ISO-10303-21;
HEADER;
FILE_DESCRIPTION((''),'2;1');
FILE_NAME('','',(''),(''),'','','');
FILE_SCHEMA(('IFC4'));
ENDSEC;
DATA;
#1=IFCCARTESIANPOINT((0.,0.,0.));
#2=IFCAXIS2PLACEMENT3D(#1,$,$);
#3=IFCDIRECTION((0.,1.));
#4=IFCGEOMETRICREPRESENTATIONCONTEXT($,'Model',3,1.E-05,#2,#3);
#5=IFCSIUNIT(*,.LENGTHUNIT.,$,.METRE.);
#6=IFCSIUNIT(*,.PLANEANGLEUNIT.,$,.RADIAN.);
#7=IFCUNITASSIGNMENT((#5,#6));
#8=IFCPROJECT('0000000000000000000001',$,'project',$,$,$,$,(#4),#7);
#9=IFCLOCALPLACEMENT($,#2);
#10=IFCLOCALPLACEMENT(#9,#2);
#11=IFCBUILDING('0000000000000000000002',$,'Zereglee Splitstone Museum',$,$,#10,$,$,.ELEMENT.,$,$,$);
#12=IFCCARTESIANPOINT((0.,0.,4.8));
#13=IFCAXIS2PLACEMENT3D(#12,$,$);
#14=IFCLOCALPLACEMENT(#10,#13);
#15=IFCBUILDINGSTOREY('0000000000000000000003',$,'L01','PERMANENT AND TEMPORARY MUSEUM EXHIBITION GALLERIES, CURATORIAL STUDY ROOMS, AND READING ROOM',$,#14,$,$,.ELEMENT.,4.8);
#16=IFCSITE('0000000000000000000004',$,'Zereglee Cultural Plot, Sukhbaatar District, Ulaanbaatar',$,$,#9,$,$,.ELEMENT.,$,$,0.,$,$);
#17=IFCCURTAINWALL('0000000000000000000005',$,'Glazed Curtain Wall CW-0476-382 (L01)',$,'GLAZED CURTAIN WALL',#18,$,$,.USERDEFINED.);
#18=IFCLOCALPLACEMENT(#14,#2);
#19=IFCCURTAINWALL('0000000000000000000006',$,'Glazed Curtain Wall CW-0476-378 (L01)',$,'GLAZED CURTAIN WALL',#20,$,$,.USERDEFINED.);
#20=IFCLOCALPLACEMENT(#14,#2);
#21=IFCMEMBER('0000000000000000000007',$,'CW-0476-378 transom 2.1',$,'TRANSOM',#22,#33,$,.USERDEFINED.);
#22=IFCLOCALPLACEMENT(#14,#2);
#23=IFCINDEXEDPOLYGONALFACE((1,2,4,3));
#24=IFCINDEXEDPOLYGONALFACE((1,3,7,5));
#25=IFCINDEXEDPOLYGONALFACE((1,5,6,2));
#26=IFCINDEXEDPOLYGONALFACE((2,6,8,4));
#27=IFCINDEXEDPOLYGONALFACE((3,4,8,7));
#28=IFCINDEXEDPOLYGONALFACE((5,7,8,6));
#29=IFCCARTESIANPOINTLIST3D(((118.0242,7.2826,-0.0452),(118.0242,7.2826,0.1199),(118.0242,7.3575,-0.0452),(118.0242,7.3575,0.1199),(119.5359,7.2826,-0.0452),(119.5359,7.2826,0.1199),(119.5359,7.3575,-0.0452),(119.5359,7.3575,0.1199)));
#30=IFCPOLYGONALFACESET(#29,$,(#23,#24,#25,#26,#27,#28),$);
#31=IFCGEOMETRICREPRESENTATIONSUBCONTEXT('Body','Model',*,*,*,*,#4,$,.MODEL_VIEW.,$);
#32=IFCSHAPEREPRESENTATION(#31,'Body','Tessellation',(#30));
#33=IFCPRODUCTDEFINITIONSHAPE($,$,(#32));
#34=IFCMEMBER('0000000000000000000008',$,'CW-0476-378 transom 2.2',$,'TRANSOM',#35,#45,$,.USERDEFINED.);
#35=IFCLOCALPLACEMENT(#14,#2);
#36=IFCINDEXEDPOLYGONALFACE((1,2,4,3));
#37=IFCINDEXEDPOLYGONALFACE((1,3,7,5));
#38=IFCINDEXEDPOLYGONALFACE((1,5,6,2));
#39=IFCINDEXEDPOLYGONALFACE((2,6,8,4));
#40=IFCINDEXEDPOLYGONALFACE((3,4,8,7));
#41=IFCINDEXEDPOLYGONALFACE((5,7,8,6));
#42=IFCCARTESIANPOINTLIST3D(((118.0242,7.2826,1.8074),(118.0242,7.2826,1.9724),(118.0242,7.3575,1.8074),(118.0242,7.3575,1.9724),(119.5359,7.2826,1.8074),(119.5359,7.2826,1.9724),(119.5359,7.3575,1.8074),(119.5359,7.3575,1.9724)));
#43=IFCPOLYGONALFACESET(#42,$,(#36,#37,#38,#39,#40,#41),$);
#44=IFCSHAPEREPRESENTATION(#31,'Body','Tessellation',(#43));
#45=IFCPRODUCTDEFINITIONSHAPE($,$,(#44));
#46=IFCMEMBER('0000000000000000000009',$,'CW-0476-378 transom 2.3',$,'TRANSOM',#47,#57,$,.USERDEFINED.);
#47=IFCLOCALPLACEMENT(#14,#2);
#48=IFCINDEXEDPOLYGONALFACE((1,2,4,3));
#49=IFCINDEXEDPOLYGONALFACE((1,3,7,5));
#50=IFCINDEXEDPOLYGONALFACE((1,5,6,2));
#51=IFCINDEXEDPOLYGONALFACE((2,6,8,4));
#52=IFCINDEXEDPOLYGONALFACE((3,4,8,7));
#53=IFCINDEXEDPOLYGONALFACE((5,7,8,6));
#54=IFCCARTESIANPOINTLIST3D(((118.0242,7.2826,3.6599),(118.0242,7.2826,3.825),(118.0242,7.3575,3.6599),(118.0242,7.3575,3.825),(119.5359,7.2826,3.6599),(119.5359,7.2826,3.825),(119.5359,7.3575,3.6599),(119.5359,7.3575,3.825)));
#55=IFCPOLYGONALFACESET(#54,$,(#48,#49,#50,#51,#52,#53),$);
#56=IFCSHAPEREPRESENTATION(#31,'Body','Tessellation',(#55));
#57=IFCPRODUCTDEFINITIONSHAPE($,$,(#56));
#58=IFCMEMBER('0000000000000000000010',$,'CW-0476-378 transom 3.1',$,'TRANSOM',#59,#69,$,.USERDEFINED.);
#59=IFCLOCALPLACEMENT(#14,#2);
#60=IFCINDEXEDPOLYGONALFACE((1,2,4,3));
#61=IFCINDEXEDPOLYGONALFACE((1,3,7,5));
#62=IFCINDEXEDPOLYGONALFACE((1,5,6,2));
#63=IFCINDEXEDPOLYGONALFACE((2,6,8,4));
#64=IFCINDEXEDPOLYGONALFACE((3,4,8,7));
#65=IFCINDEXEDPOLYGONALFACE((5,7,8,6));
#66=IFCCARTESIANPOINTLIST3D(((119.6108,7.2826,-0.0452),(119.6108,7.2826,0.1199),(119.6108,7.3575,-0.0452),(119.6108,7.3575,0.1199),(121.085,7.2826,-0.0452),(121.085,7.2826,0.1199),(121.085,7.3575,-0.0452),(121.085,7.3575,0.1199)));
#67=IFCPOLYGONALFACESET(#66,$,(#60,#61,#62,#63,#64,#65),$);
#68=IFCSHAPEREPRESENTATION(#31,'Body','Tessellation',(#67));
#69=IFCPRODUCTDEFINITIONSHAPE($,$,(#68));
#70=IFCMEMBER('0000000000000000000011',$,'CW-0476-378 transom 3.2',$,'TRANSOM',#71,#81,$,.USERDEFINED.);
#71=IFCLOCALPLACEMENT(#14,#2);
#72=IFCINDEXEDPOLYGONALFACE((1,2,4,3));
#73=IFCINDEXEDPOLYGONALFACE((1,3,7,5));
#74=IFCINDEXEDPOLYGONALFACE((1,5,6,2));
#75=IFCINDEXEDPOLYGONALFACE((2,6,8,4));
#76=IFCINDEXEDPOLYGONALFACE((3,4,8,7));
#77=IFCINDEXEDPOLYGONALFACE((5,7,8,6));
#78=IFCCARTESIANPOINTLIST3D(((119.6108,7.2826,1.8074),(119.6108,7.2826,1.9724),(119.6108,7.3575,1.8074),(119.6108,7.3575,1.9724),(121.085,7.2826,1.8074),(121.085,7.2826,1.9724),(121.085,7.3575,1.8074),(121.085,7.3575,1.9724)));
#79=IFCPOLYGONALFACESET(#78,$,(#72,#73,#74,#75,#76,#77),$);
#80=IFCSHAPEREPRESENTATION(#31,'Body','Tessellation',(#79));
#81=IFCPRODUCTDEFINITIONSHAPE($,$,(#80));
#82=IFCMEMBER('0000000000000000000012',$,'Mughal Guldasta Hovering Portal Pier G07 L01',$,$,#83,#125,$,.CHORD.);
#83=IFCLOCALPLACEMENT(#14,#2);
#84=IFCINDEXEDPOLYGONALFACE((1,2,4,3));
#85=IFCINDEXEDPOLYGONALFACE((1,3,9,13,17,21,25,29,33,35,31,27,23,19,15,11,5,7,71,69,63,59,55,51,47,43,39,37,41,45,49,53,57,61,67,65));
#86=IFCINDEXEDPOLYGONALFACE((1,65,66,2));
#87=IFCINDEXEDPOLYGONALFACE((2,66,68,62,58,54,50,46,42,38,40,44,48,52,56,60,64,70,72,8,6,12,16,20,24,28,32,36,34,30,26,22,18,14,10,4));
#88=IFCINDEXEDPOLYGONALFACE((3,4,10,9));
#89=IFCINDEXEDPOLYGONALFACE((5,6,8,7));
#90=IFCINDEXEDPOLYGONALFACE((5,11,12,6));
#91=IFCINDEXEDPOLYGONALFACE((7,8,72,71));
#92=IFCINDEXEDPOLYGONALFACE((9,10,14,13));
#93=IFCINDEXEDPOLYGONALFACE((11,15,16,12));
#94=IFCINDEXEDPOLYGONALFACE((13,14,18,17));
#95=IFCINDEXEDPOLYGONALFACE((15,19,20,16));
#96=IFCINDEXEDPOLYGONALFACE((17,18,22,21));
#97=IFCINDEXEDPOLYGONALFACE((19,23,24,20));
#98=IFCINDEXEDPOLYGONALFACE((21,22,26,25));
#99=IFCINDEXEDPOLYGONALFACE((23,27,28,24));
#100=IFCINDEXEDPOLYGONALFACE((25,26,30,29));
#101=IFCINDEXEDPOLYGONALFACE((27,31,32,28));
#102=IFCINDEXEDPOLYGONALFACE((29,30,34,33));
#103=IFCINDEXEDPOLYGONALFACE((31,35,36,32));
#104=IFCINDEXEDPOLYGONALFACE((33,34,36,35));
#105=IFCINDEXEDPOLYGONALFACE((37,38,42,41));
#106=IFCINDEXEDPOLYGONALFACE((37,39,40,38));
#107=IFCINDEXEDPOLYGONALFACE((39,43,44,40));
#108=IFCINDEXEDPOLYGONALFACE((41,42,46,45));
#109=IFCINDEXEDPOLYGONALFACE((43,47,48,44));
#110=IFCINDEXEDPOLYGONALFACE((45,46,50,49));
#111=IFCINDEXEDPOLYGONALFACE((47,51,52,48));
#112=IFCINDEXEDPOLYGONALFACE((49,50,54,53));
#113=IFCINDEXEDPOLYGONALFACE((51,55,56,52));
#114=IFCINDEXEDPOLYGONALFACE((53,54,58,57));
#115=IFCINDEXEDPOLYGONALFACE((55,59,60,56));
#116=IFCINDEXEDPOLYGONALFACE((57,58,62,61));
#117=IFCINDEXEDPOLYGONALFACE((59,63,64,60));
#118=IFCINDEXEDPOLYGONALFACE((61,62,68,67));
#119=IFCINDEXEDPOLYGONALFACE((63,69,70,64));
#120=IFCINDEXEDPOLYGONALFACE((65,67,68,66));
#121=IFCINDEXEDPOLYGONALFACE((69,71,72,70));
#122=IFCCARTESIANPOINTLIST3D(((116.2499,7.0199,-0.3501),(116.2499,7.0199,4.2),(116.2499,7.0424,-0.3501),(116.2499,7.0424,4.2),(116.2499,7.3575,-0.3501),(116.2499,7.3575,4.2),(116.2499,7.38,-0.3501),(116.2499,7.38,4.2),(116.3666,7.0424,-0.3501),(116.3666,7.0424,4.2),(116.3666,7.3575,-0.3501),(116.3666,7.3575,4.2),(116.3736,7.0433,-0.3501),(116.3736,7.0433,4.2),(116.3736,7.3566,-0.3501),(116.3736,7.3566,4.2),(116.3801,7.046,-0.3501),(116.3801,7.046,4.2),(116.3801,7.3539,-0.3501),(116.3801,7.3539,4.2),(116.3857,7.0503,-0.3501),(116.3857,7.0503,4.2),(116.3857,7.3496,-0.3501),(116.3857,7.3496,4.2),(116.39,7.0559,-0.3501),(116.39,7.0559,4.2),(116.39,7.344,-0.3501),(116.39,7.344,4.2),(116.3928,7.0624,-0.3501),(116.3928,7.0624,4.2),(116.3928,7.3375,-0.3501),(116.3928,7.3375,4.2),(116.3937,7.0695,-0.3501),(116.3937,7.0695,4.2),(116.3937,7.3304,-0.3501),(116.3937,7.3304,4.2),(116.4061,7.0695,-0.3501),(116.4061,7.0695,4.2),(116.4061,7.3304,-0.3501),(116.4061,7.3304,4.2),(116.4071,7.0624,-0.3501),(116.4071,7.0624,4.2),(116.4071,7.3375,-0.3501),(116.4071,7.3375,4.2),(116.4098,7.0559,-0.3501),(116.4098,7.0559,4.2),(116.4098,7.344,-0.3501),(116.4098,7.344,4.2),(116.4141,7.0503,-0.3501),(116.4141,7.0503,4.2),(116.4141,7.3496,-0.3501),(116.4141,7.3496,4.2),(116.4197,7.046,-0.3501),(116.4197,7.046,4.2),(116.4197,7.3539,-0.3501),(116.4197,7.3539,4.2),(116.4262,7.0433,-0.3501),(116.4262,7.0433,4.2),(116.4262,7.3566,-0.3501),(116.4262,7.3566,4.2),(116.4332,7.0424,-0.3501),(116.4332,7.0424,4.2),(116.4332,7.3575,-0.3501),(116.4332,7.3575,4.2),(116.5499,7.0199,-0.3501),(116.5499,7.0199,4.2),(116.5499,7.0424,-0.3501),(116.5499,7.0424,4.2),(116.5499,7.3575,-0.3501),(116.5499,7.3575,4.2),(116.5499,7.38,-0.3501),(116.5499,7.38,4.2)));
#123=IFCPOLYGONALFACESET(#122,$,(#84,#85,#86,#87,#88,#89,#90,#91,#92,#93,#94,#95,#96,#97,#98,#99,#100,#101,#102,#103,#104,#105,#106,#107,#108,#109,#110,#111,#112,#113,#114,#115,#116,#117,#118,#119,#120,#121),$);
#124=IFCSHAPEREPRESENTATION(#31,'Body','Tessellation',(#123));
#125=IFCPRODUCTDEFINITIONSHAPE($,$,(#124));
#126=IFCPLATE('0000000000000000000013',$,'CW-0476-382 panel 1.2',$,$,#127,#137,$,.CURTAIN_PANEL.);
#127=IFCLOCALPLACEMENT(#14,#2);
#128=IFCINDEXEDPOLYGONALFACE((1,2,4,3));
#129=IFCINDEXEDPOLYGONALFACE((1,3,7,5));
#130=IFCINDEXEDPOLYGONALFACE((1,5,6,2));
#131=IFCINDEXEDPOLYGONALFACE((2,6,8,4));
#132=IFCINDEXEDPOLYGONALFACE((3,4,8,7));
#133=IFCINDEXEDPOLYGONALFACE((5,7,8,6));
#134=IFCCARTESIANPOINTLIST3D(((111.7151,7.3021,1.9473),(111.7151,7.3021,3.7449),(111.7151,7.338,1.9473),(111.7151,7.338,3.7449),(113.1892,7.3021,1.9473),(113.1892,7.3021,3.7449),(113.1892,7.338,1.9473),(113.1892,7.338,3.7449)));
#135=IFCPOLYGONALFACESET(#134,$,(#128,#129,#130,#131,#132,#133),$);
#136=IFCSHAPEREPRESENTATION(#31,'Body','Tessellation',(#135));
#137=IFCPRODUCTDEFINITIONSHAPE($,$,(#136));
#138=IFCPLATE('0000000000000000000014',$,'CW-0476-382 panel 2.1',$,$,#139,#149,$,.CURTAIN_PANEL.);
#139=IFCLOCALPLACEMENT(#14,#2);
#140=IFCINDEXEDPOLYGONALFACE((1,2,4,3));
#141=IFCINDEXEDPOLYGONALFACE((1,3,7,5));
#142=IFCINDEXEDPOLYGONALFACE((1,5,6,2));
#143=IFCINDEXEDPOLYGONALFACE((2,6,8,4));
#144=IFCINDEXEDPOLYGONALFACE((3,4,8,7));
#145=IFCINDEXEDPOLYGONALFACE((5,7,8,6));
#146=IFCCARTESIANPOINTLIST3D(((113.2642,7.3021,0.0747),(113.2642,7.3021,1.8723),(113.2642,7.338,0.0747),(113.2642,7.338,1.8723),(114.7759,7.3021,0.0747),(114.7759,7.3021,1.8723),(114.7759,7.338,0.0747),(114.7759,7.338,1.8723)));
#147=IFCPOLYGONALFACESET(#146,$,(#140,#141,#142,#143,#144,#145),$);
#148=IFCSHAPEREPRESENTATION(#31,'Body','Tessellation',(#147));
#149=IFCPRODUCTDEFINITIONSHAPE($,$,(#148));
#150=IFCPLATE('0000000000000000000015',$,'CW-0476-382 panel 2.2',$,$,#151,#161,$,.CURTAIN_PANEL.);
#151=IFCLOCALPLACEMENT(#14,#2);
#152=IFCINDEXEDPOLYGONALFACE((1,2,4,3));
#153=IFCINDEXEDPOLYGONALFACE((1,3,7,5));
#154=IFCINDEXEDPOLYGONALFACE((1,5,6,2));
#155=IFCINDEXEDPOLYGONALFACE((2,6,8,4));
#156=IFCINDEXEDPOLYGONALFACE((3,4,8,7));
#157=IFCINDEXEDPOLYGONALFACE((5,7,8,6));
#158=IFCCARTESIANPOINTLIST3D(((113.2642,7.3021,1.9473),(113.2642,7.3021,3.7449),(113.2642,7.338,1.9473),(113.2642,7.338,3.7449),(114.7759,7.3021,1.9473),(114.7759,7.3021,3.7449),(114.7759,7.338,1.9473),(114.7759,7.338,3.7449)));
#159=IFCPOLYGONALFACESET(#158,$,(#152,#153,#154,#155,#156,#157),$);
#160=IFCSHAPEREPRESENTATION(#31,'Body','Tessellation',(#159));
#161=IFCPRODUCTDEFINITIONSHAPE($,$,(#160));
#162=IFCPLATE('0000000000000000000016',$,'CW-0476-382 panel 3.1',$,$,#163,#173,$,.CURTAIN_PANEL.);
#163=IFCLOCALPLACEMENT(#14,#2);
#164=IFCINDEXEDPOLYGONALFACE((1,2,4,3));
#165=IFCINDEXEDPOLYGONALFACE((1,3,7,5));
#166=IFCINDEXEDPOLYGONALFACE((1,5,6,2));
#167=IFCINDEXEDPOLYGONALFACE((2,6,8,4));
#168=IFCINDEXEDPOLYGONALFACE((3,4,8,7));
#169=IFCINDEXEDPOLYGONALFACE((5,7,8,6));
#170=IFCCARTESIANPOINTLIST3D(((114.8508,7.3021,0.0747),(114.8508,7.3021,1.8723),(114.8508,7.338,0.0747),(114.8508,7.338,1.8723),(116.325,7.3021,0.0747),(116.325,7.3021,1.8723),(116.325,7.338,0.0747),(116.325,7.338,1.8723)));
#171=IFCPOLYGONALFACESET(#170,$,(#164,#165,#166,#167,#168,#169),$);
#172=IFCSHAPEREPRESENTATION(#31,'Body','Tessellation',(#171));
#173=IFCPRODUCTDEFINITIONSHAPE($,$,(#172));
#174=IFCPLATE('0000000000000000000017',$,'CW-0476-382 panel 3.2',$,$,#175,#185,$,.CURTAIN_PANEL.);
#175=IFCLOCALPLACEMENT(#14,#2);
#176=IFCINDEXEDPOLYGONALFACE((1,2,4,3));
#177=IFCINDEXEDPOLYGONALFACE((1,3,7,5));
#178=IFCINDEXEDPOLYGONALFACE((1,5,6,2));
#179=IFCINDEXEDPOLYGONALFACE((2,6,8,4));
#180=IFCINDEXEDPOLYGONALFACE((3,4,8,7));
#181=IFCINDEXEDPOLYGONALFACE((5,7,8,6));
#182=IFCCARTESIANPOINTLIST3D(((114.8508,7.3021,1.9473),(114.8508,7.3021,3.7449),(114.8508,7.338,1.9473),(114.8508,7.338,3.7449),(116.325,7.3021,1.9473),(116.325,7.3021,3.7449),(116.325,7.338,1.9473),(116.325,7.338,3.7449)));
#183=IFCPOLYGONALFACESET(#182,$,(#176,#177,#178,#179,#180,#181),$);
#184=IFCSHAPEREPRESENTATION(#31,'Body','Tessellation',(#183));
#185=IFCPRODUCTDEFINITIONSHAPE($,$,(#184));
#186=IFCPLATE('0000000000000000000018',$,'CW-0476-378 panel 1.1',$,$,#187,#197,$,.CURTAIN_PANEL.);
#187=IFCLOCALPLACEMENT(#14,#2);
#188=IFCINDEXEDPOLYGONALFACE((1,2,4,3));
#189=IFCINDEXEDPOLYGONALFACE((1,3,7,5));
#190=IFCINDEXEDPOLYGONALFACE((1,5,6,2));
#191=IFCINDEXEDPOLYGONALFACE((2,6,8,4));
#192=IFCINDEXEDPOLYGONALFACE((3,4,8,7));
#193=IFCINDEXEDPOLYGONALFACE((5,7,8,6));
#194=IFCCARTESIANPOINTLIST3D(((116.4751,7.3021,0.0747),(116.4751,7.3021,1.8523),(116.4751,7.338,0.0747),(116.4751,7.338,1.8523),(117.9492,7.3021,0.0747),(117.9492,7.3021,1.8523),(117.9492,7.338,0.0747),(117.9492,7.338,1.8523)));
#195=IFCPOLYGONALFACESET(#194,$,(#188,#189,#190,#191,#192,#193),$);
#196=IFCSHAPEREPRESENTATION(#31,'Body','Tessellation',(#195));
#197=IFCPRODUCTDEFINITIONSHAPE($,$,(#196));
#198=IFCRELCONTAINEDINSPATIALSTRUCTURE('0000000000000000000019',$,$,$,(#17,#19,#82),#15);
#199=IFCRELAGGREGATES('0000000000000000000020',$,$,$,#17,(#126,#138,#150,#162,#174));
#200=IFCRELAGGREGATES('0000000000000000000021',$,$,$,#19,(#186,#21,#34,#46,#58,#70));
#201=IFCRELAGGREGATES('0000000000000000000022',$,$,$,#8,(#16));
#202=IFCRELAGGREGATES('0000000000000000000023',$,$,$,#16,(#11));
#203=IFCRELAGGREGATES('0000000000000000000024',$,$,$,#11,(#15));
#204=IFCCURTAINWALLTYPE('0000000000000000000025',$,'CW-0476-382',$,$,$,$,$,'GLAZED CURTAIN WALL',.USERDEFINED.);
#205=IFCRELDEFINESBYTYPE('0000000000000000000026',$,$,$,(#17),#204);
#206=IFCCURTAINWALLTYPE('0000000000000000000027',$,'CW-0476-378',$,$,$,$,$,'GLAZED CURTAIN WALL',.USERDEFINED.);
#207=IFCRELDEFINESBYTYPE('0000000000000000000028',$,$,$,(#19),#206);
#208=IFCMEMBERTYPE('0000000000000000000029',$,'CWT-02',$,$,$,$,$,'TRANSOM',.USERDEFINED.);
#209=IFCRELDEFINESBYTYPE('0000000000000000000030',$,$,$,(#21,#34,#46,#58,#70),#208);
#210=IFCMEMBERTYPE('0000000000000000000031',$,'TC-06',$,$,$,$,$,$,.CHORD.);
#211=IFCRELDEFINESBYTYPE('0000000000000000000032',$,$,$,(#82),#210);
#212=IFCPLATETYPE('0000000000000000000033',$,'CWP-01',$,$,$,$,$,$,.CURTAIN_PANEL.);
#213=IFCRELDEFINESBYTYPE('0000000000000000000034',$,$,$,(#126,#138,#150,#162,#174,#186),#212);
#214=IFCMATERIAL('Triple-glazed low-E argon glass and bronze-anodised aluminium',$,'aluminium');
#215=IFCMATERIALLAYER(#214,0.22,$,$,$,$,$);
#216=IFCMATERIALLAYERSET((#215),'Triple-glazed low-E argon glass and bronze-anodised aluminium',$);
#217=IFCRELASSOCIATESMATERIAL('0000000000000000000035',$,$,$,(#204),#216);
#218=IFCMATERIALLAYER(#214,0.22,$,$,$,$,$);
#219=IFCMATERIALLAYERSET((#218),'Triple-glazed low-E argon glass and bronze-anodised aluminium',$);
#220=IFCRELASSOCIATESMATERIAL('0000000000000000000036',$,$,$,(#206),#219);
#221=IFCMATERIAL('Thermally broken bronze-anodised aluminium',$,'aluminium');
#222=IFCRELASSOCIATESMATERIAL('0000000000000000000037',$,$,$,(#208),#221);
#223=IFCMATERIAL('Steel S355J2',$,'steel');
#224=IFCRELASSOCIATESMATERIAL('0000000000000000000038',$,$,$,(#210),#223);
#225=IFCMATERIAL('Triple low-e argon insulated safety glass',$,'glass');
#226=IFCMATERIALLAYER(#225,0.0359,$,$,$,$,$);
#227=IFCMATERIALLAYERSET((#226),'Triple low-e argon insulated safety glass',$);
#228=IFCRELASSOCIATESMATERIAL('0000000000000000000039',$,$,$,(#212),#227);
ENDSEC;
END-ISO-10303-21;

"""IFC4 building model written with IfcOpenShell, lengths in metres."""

from ifc_helpers import new_model, si_unit, direction, frame, origin, origin_2d, place, context, subcontext, project, spatial, rectangle, i_section, extrude, material, layer, layer_set, material_profile, profile_set, type_object, element, aggregate, save


model = new_model("IFC4")

# Units and contexts
model_context = context("Model", 3, precision=1e-05, world=origin(), true_north=direction((0.0, 1.0)))
body_context = subcontext(model_context, "Body", "Model", "MODEL_VIEW")
ifc_project = project(units=[si_unit("LENGTHUNIT", "METRE"), si_unit("PLANEANGLEUNIT", "RADIAN")], contexts=[model_context])

# Site, building, storey
site_placement = place(None, origin())
site = spatial("IfcSite", under=ifc_project, at=site_placement, Name="Zereglee Cultural Plot, Sukhbaatar District, Ulaanbaatar", CompositionType="ELEMENT", RefElevation=0.0)
building_placement = place(site_placement, origin())
building = spatial("IfcBuilding", under=site, at=building_placement, Name="Zereglee Splitstone Museum", CompositionType="ELEMENT")
storey_placement = place(building_placement, frame((0.0, 0.0, 4.8)))
storey = spatial("IfcBuildingStorey", under=building, at=storey_placement, Name="L01", Description="PERMANENT AND TEMPORARY MUSEUM EXHIBITION GALLERIES, CURATORIAL STUDY ROOMS, AND READING ROOM", CompositionType="ELEMENT", Elevation=4.8)

# Curtain walls
ifc_material_1 = material(Name="Triple-glazed low-E argon glass and bronze-anodised aluminium", Category="aluminium")
ifc_layer_1 = layer(ifc_material_1, 0.22)
ifc_layer_set_1 = layer_set([ifc_layer_1], Name="Triple-glazed low-E argon glass and bronze-anodised aluminium")
curtain_wall_type_1 = type_object("IfcCurtainWallType", Name="CW-0476-382", ElementType="GLAZED CURTAIN WALL", PredefinedType="USERDEFINED", material=ifc_layer_set_1)
curtain_wall_1_placement = place(storey_placement, origin())
curtain_wall_1 = element("IfcCurtainWall", 1, at=curtain_wall_1_placement, inside=storey, type_object=curtain_wall_type_1, Name="Glazed Curtain Wall CW-0476-382 (L01)", ObjectType="GLAZED CURTAIN WALL", PredefinedType="USERDEFINED")
ifc_material_2 = material(Name="Thermally broken bronze-anodised aluminium", Category="aluminium")
ifc_layer_2 = layer(ifc_material_1, 0.22)
ifc_layer_set_2 = layer_set([ifc_layer_2], Name="Triple-glazed low-E argon glass and bronze-anodised aluminium")
curtain_wall_type_2 = type_object("IfcCurtainWallType", Name="CW-0476-378", ElementType="GLAZED CURTAIN WALL", PredefinedType="USERDEFINED", material=ifc_layer_set_2)
curtain_wall_2_placement = place(storey_placement, origin())
curtain_wall_2 = element("IfcCurtainWall", 2, at=curtain_wall_2_placement, inside=storey, type_object=curtain_wall_type_2, Name="Glazed Curtain Wall CW-0476-378 (L01)", ObjectType="GLAZED CURTAIN WALL", PredefinedType="USERDEFINED")

# Members
ifc_material_profile_1 = material_profile(ifc_material_2, rectangle(XDim=0.075, YDim=0.165, at=origin_2d()), Name="CW TRAN 75x165")
ifc_profile_set_1 = profile_set([ifc_material_profile_1], Name="Thermally broken bronze-anodised aluminium")
member_type_1 = type_object("IfcMemberType", Name="CWT-02", ElementType="TRANSOM", PredefinedType="USERDEFINED", material=ifc_profile_set_1)
member_1_placement = place(storey_placement, frame((118.0242, 7.3201, 0.0374), z_axis=(1.0, 0.0, 0.0), x_axis=(0.0, 1.0, 0.0)))
member_1 = element("IfcMember", 3, at=member_1_placement, type_object=member_type_1, Name="CW-0476-378 transom 2.1", ObjectType="TRANSOM", PredefinedType="USERDEFINED", context=body_context, shape_type="SweptSolid", body=[
    extrude(rectangle(XDim=0.075, YDim=0.165, at=origin_2d()), origin(), (0.0, 0.0, 1.0), 1.5117),
])
member_2_placement = place(storey_placement, frame((118.0242, 7.3201, 1.8899), z_axis=(1.0, 0.0, 0.0), x_axis=(0.0, 1.0, 0.0)))
member_2 = element("IfcMember", 4, at=member_2_placement, type_object=member_type_1, Name="CW-0476-378 transom 2.2", ObjectType="TRANSOM", PredefinedType="USERDEFINED", context=body_context, shape_type="SweptSolid", body=[
    extrude(rectangle(XDim=0.075, YDim=0.165, at=origin_2d()), origin(), (0.0, 0.0, 1.0), 1.5117),
])
member_3_placement = place(storey_placement, frame((118.0242, 7.3201, 3.7424), z_axis=(1.0, 0.0, 0.0), x_axis=(0.0, 1.0, 0.0)))
member_3 = element("IfcMember", 5, at=member_3_placement, type_object=member_type_1, Name="CW-0476-378 transom 2.3", ObjectType="TRANSOM", PredefinedType="USERDEFINED", context=body_context, shape_type="SweptSolid", body=[
    extrude(rectangle(XDim=0.075, YDim=0.165, at=origin_2d()), origin(), (0.0, 0.0, 1.0), 1.5117),
])
member_4_placement = place(storey_placement, frame((119.6108, 7.3201, 0.0374), z_axis=(1.0, 0.0, 0.0), x_axis=(0.0, 1.0, 0.0)))
member_4 = element("IfcMember", 6, at=member_4_placement, type_object=member_type_1, Name="CW-0476-378 transom 3.1", ObjectType="TRANSOM", PredefinedType="USERDEFINED", context=body_context, shape_type="SweptSolid", body=[
    extrude(rectangle(XDim=0.075, YDim=0.165, at=origin_2d()), origin(), (0.0, 0.0, 1.0), 1.4741),
])
member_5_placement = place(storey_placement, frame((119.6108, 7.3201, 1.8899), z_axis=(1.0, 0.0, 0.0), x_axis=(0.0, 1.0, 0.0)))
member_5 = element("IfcMember", 7, at=member_5_placement, type_object=member_type_1, Name="CW-0476-378 transom 3.2", ObjectType="TRANSOM", PredefinedType="USERDEFINED", context=body_context, shape_type="SweptSolid", body=[
    extrude(rectangle(XDim=0.075, YDim=0.165, at=origin_2d()), origin(), (0.0, 0.0, 1.0), 1.4741),
])
ifc_material_3 = material(Name="Steel S355J2", Category="steel")
ifc_material_profile_2 = material_profile(ifc_material_3, i_section(OverallWidth=0.3, OverallDepth=0.3601, WebThickness=0.0125, FlangeThickness=0.0225, FilletRadius=0.0271, at=origin_2d()), Name="HE 360 B")
ifc_profile_set_2 = profile_set([ifc_material_profile_2], Name="Steel S355J2")
member_type_2 = type_object("IfcMemberType", Name="TC-06", PredefinedType="CHORD", material=ifc_profile_set_2)
member_6_placement = place(storey_placement, frame((116.3999, 7.2, -0.3501), z_axis=(0.0, 0.0, 1.0), x_axis=(1.0, 0.0, 0.0)))
element("IfcMember", 8, at=member_6_placement, inside=storey, type_object=member_type_2, Name="Mughal Guldasta Hovering Portal Pier G07 L01", PredefinedType="CHORD", context=body_context, shape_type="SweptSolid", body=[
    extrude(i_section(OverallWidth=0.3, OverallDepth=0.3601, WebThickness=0.0125, FlangeThickness=0.0225, FilletRadius=0.0271, at=origin_2d()), origin(), (0.0, 0.0, 1.0), 4.55),
])

# Plates
ifc_material_4 = material(Name="Triple low-e argon insulated safety glass", Category="glass")
ifc_layer_3 = layer(ifc_material_4, 0.0359)
ifc_layer_set_3 = layer_set([ifc_layer_3], Name="Triple low-e argon insulated safety glass")
plate_type = type_object("IfcPlateType", Name="CWP-01", PredefinedType="CURTAIN_PANEL", material=ifc_layer_set_3)
plate_1_placement = place(storey_placement, frame((112.4521, 7.3201, 1.9473), z_axis=(0.0, 0.0, 1.0), x_axis=(1.0, 0.0, 0.0)))
plate_1 = element("IfcPlate", 9, at=plate_1_placement, type_object=plate_type, Name="CW-0476-382 panel 1.2", PredefinedType="CURTAIN_PANEL", context=body_context, shape_type="SweptSolid", body=[
    extrude(rectangle(XDim=1.4741, YDim=0.0359, at=origin_2d()), origin(), (0.0, 0.0, 1.0), 1.7976),
])
plate_2_placement = place(storey_placement, frame((114.02, 7.3201, 0.0747), z_axis=(0.0, 0.0, 1.0), x_axis=(1.0, 0.0, 0.0)))
plate_2 = element("IfcPlate", 10, at=plate_2_placement, type_object=plate_type, Name="CW-0476-382 panel 2.1", PredefinedType="CURTAIN_PANEL", context=body_context, shape_type="SweptSolid", body=[
    extrude(rectangle(XDim=1.5117, YDim=0.0359, at=origin_2d()), origin(), (0.0, 0.0, 1.0), 1.7976),
])
plate_3_placement = place(storey_placement, frame((114.02, 7.3201, 1.9473), z_axis=(0.0, 0.0, 1.0), x_axis=(1.0, 0.0, 0.0)))
plate_3 = element("IfcPlate", 11, at=plate_3_placement, type_object=plate_type, Name="CW-0476-382 panel 2.2", PredefinedType="CURTAIN_PANEL", context=body_context, shape_type="SweptSolid", body=[
    extrude(rectangle(XDim=1.5117, YDim=0.0359, at=origin_2d()), origin(), (0.0, 0.0, 1.0), 1.7976),
])
plate_4_placement = place(storey_placement, frame((115.5879, 7.3201, 0.0747), z_axis=(0.0, 0.0, 1.0), x_axis=(1.0, 0.0, 0.0)))
plate_4 = element("IfcPlate", 12, at=plate_4_placement, type_object=plate_type, Name="CW-0476-382 panel 3.1", PredefinedType="CURTAIN_PANEL", context=body_context, shape_type="SweptSolid", body=[
    extrude(rectangle(XDim=1.4741, YDim=0.0359, at=origin_2d()), origin(), (0.0, 0.0, 1.0), 1.7976),
])
plate_5_placement = place(storey_placement, frame((115.5879, 7.3201, 1.9473), z_axis=(0.0, 0.0, 1.0), x_axis=(1.0, 0.0, 0.0)))
plate_5 = element("IfcPlate", 13, at=plate_5_placement, type_object=plate_type, Name="CW-0476-382 panel 3.2", PredefinedType="CURTAIN_PANEL", context=body_context, shape_type="SweptSolid", body=[
    extrude(rectangle(XDim=1.4741, YDim=0.0359, at=origin_2d()), origin(), (0.0, 0.0, 1.0), 1.7976),
])
aggregate(curtain_wall_1, [plate_1, plate_2, plate_3, plate_4, plate_5])
plate_6_placement = place(storey_placement, frame((117.2122, 7.3201, 0.0747), z_axis=(0.0, 0.0, 1.0), x_axis=(1.0, 0.0, 0.0)))
plate_6 = element("IfcPlate", 14, at=plate_6_placement, type_object=plate_type, Name="CW-0476-378 panel 1.1", PredefinedType="CURTAIN_PANEL", context=body_context, shape_type="SweptSolid", body=[
    extrude(rectangle(XDim=1.4741, YDim=0.0359, at=origin_2d()), origin(), (0.0, 0.0, 1.0), 1.7776),
])
aggregate(curtain_wall_2, [plate_6, member_1, member_2, member_3, member_4, member_5])

save(model, "model.ifc")
